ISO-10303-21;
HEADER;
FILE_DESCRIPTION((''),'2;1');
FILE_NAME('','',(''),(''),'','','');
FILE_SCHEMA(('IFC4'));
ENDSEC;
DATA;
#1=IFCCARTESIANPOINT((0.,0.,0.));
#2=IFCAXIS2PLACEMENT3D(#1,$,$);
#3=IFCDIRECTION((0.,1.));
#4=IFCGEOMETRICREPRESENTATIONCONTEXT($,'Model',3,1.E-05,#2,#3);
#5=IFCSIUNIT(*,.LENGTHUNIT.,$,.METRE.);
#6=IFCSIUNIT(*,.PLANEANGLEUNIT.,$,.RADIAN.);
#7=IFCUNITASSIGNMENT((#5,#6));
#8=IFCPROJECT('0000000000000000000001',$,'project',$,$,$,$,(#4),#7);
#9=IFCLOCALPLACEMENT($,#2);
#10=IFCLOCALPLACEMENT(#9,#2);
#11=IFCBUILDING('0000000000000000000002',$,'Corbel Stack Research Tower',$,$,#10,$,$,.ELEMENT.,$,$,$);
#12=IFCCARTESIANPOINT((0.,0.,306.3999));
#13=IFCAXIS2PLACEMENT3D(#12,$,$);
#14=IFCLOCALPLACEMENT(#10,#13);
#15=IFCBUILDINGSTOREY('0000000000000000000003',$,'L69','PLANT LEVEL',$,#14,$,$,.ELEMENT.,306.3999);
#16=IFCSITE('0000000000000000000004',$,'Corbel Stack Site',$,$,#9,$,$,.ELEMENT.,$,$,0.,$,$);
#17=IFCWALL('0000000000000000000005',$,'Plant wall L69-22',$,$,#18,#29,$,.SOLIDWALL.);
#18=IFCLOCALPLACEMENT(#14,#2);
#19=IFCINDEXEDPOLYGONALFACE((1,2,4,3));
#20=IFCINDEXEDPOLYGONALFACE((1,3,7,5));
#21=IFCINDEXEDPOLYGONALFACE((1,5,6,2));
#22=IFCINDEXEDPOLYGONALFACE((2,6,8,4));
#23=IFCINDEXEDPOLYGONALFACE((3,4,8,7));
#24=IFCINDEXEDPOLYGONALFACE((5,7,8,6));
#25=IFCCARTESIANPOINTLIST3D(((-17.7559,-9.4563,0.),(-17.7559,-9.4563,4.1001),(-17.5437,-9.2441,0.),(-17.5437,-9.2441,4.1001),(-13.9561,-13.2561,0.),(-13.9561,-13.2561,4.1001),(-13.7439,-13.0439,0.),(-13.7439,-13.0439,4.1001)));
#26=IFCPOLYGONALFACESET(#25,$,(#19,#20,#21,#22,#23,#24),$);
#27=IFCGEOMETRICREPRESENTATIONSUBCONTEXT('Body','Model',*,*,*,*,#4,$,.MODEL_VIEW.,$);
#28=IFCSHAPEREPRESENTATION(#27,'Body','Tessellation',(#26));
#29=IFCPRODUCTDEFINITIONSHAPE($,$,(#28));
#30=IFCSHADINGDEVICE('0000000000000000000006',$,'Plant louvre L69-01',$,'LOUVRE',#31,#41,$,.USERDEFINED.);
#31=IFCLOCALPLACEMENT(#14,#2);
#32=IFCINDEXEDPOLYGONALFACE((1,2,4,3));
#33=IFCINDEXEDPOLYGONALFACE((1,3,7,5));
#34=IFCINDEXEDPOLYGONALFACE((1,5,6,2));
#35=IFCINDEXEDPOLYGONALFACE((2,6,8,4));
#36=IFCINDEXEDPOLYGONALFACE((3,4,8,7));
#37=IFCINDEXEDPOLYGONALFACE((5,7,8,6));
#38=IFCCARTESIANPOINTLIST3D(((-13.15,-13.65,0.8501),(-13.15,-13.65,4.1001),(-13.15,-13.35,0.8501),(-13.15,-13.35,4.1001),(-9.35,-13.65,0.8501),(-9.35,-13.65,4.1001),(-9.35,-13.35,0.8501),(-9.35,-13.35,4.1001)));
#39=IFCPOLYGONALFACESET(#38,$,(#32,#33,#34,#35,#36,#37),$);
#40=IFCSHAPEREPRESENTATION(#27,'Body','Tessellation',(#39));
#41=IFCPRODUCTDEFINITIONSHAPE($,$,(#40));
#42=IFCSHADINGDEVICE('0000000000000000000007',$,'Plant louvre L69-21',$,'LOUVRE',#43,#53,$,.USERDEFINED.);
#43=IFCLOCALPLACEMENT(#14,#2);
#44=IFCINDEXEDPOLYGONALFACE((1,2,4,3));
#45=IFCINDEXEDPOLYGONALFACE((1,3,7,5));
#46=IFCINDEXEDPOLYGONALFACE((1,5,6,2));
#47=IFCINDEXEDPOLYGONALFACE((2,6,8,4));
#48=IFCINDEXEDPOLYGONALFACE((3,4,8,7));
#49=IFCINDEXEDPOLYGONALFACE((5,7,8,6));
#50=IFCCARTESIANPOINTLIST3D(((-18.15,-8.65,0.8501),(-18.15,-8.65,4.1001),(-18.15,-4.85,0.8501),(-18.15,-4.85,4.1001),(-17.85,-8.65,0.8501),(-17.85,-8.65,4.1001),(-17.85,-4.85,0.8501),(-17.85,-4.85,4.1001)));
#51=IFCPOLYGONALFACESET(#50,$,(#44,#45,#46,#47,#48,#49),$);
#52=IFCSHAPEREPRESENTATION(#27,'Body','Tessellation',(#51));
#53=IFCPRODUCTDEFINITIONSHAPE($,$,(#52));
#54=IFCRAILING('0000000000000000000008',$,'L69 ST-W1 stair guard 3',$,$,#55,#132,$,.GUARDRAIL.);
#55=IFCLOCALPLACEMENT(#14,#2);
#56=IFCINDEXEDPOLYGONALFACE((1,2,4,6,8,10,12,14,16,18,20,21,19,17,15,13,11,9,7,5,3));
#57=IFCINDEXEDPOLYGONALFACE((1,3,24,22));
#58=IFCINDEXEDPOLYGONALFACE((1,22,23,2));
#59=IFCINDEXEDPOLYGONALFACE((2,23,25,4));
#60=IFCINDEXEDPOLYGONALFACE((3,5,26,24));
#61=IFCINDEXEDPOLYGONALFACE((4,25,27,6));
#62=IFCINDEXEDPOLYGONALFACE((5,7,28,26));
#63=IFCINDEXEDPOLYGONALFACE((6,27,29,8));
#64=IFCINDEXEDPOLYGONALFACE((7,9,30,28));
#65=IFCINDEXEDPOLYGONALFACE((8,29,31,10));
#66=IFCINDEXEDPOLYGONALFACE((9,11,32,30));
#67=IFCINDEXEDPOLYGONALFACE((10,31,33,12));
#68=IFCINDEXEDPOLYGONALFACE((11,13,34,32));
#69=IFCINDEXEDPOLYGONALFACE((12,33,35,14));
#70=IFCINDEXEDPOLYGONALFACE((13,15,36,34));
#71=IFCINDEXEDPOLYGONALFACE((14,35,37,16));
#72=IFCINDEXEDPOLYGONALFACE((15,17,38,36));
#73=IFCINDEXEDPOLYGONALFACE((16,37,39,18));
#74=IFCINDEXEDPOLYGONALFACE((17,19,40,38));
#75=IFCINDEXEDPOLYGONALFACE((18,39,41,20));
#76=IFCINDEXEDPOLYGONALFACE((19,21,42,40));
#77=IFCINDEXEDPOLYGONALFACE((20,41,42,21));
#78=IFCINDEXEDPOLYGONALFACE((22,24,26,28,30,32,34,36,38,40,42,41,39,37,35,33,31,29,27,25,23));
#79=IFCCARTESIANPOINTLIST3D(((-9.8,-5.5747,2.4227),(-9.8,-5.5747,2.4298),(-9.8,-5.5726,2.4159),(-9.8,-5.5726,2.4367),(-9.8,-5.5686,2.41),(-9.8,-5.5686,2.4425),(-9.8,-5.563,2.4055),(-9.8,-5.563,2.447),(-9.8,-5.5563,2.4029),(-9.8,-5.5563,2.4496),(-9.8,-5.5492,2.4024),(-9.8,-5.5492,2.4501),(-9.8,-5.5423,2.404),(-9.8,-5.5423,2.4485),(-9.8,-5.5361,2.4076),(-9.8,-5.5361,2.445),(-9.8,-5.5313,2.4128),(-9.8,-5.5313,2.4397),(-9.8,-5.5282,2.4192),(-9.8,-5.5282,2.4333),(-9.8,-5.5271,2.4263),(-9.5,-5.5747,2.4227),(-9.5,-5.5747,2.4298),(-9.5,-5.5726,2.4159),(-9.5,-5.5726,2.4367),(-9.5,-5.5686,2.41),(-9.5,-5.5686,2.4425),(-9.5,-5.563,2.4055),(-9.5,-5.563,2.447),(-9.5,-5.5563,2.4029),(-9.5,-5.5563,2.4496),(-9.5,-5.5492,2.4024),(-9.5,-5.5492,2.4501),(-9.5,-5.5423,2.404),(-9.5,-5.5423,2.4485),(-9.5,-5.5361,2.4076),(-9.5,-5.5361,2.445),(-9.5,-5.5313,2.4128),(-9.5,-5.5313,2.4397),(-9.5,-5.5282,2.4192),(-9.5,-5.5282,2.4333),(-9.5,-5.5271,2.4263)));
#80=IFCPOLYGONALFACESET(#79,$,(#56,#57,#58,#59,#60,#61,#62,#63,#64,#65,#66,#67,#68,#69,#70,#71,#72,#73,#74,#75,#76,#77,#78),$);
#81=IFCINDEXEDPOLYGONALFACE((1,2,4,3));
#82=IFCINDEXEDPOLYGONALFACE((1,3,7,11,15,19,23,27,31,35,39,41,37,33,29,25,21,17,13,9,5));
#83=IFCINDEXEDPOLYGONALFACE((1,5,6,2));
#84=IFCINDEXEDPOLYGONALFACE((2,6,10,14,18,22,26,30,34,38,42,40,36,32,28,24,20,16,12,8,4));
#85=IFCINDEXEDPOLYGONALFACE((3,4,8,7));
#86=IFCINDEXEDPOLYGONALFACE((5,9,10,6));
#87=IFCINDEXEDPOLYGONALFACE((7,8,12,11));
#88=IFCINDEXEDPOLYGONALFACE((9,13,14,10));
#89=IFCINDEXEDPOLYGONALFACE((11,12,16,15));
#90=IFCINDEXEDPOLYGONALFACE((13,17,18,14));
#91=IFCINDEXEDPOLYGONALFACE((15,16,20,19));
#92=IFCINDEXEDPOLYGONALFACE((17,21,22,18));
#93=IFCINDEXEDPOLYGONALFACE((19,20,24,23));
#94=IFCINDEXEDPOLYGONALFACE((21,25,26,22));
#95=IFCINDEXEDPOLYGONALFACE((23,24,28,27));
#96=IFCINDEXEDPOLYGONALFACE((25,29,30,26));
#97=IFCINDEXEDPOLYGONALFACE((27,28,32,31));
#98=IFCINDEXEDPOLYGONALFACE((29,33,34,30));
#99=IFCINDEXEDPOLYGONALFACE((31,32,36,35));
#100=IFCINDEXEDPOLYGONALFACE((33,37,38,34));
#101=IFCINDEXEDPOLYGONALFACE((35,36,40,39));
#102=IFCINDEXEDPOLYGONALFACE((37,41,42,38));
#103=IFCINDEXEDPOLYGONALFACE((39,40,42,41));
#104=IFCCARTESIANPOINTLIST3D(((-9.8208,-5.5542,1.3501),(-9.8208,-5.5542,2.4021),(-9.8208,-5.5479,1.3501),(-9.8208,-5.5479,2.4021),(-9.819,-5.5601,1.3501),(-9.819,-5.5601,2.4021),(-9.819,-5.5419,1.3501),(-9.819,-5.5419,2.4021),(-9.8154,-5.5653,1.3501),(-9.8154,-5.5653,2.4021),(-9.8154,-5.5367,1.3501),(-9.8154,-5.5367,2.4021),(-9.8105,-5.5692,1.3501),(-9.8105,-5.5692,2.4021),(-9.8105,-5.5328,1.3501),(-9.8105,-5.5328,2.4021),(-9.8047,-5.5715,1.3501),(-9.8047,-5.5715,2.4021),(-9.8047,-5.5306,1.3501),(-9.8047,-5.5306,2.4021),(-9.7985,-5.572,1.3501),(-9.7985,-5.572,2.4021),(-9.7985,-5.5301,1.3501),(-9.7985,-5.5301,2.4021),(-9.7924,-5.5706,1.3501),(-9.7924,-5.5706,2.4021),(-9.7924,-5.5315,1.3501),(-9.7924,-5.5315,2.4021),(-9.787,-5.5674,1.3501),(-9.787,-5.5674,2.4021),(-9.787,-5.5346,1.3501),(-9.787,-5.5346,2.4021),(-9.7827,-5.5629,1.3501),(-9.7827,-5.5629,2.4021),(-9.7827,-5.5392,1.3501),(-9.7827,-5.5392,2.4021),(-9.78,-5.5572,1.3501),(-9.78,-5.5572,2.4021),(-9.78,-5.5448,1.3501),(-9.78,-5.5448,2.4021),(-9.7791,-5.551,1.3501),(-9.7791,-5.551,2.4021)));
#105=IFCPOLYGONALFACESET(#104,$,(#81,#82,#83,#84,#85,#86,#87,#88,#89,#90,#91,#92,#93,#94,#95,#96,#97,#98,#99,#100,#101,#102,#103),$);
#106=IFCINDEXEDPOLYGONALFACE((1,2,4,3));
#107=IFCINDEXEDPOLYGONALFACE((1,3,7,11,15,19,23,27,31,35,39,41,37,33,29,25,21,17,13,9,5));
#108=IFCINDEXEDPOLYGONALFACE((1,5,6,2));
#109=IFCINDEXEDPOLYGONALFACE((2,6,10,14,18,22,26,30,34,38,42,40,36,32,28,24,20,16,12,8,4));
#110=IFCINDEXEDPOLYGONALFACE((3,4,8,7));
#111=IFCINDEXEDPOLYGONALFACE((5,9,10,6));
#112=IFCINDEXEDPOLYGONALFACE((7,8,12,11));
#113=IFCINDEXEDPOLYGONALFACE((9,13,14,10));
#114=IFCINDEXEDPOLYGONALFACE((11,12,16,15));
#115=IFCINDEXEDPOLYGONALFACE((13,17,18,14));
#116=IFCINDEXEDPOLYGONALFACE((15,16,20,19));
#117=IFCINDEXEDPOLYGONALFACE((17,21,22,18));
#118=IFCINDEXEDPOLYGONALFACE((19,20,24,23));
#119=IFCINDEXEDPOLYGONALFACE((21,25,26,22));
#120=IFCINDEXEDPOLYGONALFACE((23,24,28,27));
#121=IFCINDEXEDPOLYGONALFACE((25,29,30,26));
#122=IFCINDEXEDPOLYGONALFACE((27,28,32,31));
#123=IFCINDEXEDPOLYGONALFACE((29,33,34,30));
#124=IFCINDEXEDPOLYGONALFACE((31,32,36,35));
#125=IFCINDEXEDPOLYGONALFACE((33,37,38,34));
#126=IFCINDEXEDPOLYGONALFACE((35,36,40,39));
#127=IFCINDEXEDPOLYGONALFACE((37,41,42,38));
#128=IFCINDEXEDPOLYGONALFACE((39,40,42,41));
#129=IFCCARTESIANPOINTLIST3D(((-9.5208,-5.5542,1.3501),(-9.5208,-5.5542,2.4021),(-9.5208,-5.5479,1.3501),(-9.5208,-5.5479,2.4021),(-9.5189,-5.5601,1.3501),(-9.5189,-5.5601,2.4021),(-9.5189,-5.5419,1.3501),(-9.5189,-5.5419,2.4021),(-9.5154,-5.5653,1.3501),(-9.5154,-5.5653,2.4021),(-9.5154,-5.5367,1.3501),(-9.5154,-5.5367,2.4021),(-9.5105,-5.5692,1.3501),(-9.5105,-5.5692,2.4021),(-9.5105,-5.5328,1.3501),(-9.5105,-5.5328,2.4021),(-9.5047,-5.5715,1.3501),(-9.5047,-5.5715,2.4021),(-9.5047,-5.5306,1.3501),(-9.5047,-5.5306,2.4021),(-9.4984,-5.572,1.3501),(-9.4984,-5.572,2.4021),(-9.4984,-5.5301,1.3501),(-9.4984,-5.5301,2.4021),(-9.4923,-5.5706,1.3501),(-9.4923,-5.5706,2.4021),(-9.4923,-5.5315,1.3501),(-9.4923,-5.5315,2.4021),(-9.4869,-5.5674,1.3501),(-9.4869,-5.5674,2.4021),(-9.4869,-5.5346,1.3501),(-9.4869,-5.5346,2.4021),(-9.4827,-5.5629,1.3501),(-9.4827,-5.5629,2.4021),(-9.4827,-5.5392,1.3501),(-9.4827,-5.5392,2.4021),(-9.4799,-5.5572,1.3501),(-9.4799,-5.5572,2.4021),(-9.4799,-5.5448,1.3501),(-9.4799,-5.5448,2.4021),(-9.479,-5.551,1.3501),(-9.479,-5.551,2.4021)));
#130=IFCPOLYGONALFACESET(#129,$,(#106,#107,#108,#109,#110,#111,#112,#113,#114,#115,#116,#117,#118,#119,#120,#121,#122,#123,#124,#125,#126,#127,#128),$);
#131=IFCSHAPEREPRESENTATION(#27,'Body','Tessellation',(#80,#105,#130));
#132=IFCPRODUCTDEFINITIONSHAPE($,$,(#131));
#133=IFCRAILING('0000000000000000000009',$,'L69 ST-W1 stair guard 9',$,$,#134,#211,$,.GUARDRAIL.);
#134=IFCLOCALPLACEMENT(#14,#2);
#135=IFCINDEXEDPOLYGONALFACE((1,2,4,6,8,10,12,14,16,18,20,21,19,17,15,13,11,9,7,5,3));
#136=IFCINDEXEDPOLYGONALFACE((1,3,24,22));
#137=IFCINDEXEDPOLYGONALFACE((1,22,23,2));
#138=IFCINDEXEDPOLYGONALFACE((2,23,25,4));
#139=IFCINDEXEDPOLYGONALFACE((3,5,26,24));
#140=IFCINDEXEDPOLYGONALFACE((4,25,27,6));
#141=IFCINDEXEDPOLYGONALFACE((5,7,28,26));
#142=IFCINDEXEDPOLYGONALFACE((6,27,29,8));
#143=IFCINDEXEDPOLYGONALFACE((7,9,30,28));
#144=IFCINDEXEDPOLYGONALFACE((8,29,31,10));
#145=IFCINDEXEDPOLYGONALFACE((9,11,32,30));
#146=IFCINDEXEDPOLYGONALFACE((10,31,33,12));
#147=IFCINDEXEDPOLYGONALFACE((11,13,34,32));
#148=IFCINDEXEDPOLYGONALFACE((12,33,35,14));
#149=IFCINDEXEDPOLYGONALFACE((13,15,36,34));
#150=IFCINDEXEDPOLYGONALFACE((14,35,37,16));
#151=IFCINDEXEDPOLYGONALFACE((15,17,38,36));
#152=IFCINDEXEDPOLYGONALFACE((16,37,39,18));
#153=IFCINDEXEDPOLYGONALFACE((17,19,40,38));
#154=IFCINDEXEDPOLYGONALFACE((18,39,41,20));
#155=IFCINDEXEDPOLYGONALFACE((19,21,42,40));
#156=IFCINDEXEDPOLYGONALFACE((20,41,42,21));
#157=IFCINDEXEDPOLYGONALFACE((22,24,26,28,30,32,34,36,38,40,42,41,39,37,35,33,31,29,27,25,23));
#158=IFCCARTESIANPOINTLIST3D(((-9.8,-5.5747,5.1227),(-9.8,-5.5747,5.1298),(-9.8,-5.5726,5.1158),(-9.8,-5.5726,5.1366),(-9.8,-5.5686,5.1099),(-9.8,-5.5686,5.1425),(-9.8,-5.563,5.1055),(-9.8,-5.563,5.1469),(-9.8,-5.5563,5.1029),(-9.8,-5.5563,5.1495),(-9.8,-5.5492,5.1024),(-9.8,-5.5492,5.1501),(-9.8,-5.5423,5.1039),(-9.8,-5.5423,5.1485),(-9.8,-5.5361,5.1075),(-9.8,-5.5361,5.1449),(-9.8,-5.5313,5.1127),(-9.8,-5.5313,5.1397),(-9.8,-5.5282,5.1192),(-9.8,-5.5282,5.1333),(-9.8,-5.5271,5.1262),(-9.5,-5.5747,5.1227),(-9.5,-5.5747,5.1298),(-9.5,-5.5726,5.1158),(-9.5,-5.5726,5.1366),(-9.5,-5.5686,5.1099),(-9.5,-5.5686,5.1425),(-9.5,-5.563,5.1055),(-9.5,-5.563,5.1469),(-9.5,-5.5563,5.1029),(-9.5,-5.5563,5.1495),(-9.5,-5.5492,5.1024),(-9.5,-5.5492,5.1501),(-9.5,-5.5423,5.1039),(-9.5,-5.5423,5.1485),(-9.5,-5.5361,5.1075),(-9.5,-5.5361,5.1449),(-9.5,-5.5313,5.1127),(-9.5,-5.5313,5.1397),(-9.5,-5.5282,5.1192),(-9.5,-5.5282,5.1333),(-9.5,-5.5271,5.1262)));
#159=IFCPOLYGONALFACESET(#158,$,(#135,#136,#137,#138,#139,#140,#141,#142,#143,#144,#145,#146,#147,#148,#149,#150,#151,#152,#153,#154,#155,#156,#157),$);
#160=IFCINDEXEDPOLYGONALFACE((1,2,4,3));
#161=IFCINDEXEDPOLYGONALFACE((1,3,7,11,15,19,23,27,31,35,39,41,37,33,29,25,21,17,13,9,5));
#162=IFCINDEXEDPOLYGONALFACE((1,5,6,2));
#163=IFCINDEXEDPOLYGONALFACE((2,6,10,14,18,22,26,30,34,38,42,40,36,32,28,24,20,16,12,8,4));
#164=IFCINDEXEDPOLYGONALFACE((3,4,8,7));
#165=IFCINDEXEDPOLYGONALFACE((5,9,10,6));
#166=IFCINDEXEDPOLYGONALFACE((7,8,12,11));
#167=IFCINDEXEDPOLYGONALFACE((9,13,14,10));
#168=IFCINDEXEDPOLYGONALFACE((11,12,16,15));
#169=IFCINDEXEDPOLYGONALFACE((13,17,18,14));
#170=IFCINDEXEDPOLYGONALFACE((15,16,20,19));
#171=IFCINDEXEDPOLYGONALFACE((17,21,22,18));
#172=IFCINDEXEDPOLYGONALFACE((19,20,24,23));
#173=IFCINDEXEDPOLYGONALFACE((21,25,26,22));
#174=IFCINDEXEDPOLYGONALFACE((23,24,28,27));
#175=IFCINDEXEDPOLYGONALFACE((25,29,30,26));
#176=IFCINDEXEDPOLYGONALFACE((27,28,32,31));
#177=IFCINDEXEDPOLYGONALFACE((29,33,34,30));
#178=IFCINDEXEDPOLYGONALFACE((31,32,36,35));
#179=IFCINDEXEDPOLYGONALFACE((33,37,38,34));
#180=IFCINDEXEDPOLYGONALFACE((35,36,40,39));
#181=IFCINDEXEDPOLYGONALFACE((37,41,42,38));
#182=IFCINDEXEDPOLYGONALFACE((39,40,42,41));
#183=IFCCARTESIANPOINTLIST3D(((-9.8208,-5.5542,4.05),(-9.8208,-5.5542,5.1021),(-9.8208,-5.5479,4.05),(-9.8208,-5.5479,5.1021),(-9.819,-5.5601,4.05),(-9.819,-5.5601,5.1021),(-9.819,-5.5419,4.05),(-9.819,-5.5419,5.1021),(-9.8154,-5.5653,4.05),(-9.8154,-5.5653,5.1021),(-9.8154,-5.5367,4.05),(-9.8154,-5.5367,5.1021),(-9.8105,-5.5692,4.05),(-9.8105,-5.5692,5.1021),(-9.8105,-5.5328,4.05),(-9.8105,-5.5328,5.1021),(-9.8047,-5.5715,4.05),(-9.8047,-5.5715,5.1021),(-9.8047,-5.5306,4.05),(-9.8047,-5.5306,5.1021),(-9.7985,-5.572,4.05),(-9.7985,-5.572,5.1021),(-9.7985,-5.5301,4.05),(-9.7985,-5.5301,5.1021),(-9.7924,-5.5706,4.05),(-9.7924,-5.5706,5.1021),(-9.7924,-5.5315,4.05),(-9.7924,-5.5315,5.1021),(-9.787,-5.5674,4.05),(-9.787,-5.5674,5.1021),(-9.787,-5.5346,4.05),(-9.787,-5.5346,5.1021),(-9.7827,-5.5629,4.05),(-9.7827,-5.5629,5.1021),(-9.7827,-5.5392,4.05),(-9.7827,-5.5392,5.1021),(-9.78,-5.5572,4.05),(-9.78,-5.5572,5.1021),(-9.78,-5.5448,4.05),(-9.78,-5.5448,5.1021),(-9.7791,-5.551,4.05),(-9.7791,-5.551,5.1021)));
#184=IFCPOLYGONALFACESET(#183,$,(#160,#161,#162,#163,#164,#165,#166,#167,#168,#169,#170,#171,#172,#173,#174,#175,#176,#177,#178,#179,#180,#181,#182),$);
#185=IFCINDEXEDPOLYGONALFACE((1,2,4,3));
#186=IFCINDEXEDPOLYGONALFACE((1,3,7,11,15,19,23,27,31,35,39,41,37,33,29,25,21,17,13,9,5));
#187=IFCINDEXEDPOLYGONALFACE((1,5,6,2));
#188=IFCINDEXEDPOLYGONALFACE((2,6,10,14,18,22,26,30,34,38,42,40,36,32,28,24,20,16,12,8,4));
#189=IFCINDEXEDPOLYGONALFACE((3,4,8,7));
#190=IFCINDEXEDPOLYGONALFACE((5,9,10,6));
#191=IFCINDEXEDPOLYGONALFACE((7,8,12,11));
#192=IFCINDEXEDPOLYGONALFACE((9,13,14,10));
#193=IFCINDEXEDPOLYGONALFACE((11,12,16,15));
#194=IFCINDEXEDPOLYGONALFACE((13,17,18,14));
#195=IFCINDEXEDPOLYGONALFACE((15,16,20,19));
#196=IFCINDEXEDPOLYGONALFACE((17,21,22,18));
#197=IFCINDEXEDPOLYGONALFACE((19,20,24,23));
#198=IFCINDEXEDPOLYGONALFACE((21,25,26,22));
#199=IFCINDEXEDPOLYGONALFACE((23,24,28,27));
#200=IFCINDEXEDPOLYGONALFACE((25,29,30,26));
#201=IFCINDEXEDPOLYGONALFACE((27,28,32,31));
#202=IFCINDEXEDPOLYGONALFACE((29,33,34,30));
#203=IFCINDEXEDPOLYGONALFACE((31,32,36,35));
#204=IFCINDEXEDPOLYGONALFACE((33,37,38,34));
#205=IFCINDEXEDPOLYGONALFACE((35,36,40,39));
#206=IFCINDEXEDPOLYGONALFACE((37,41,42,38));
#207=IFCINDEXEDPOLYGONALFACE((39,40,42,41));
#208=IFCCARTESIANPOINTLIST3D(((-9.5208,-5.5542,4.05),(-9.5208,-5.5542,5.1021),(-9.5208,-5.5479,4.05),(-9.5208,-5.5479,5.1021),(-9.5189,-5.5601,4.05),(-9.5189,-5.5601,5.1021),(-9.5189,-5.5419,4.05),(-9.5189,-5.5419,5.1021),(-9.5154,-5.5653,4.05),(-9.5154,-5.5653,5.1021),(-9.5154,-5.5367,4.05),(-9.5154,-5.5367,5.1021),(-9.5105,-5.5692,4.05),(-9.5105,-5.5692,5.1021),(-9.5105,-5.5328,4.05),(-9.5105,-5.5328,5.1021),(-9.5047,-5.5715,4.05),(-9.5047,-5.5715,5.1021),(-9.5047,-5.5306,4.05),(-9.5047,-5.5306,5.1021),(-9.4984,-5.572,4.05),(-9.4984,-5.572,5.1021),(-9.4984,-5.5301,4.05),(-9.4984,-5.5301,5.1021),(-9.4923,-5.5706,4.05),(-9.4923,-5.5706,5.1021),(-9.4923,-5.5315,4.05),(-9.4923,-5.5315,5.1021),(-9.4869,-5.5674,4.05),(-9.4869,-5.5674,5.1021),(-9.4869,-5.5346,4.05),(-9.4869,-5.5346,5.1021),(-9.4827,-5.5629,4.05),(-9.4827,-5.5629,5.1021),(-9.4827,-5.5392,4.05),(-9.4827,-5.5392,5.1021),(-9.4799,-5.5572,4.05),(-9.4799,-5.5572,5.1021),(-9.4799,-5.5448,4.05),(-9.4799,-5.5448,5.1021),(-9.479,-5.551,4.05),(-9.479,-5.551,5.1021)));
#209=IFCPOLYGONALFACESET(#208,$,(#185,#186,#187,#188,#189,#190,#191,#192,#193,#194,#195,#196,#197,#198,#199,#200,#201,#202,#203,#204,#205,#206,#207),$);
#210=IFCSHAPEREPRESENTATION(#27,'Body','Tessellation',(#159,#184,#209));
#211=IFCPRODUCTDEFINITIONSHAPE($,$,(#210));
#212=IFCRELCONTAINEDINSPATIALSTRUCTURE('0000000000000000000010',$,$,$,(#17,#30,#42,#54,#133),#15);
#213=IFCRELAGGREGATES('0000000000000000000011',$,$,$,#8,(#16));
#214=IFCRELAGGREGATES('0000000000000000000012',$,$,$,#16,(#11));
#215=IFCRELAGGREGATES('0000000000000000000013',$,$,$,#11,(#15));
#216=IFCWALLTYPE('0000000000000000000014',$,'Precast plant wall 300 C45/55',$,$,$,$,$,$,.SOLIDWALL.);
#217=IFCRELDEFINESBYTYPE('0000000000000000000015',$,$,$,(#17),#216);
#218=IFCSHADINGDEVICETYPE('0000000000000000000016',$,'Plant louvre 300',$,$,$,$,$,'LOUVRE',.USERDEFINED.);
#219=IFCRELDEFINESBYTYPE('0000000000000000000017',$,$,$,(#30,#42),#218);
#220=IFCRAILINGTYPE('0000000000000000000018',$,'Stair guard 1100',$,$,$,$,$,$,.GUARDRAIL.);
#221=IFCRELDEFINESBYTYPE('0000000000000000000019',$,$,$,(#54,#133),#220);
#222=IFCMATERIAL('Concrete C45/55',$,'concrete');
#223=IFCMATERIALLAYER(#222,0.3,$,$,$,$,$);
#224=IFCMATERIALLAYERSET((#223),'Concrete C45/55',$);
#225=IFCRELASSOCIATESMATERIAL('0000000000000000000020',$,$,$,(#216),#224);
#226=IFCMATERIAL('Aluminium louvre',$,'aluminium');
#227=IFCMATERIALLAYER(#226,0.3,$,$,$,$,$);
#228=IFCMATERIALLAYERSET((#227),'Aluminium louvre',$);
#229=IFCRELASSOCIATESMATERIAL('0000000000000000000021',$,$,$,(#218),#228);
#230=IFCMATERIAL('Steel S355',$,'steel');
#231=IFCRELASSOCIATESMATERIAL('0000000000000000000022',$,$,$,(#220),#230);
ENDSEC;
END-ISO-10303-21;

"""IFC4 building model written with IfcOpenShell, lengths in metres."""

from ifc_helpers import new_model, si_unit, direction, frame, frame_2d, origin, origin_2d, place, context, subcontext, project, spatial, rectangle, circle, extrude, material, layer, layer_set, type_object, element, save


model = new_model("IFC4")

# Units and contexts
model_context = context("Model", 3, precision=1e-05, world=origin(), true_north=direction((0.0, 1.0)))
body_context = subcontext(model_context, "Body", "Model", "MODEL_VIEW")
ifc_project = project(units=[si_unit("LENGTHUNIT", "METRE"), si_unit("PLANEANGLEUNIT", "RADIAN")], contexts=[model_context])

# Site, building, storey
site_placement = place(None, origin())
site = spatial("IfcSite", under=ifc_project, at=site_placement, Name="Corbel Stack Site", CompositionType="ELEMENT", RefElevation=0.0)
building_placement = place(site_placement, origin())
building = spatial("IfcBuilding", under=site, at=building_placement, Name="Corbel Stack Research Tower", CompositionType="ELEMENT")
storey_placement = place(building_placement, frame((0.0, 0.0, 306.3999)))
storey = spatial("IfcBuildingStorey", under=building, at=storey_placement, Name="L69", Description="PLANT LEVEL", CompositionType="ELEMENT", Elevation=306.3999)

# Wall
ifc_material_1 = material(Name="Concrete C45/55", Category="concrete")
ifc_layer_1 = layer(ifc_material_1, 0.3)
ifc_layer_set_1 = layer_set([ifc_layer_1], Name="Concrete C45/55")
wall_type_1 = type_object("IfcWallType", Name="Precast plant wall 300 C45/55", PredefinedType="SOLIDWALL", material=ifc_layer_set_1)
wall_1_placement = place(storey_placement, frame((-17.6499, -9.3501, 0.0), z_axis=(0.0, 0.0, 1.0), x_axis=(0.707107, -0.707107, 0.0)))
element("IfcWall", 1, at=wall_1_placement, inside=storey, type_object=wall_type_1, Name="Plant wall L69-22", PredefinedType="SOLIDWALL", context=body_context, shape_type="SweptSolid", body=[
    extrude(rectangle(XDim=5.3738, YDim=0.3, at=frame_2d((2.687, 0.0))), origin(), (0.0, 0.0, 1.0), 4.1001),
])

# Shading devices
ifc_material_2 = material(Name="Aluminium louvre", Category="aluminium")
ifc_layer_2 = layer(ifc_material_2, 0.3)
ifc_layer_set_2 = layer_set([ifc_layer_2], Name="Aluminium louvre")
shading_device_type = type_object("IfcShadingDeviceType", Name="Plant louvre 300", ElementType="LOUVRE", PredefinedType="USERDEFINED", material=ifc_layer_set_2)
for number, where, z_axis, x_axis, name in (
    (2, (-11.25, -13.5, 0.8501), (0.0, 0.0, 1.0), (1.0, 0.0, 0.0), "Plant louvre L69-01"),
    (3, (-18.0, -6.75, 0.8501), (0.0, 0.0, 1.0), (0.0, -1.0, 0.0), "Plant louvre L69-21"),
):
    element("IfcShadingDevice", number, at=place(storey_placement, frame(where, z_axis=z_axis, x_axis=x_axis)), inside=storey, type_object=shading_device_type, Name=name, ObjectType="LOUVRE", PredefinedType="USERDEFINED", context=body_context, shape_type="SweptSolid", body=[
        extrude(rectangle(XDim=3.8, YDim=0.3, at=origin_2d()), origin(), (0.0, 0.0, 1.0), 3.25),
    ])

# Railings
ifc_material_3 = material(Name="Steel S355", Category="steel")
railing_type = type_object("IfcRailingType", Name="Stair guard 1100", PredefinedType="GUARDRAIL", material=ifc_material_3)
for number, where, name in (
    (4, (-9.8, -5.551, 1.3501), "L69 ST-W1 stair guard 3"),
    (5, (-9.8, -5.551, 4.05), "L69 ST-W1 stair guard 9"),
):
    element("IfcRailing", number, at=place(storey_placement, frame(where)), inside=storey, type_object=railing_type, Name=name, PredefinedType="GUARDRAIL", context=body_context, shape_type="SweptSolid", body=[
        extrude(circle(Radius=0.0239, at=origin_2d()), frame((0.0, 0.0, 1.0762), z_axis=(1.0, 0.0, 0.0), x_axis=(0.0, 1.0, 0.0)), (0.0, 0.0, 1.0), 0.3),
        extrude(circle(Radius=0.021, at=origin_2d()), origin(), (0.0, 0.0, 1.0), 1.052),
        extrude(circle(Radius=0.021, at=origin_2d()), frame((0.3, 0.0, 0.0)), (0.0, 0.0, 1.0), 1.052),
    ])

save(model, "model.ifc")
